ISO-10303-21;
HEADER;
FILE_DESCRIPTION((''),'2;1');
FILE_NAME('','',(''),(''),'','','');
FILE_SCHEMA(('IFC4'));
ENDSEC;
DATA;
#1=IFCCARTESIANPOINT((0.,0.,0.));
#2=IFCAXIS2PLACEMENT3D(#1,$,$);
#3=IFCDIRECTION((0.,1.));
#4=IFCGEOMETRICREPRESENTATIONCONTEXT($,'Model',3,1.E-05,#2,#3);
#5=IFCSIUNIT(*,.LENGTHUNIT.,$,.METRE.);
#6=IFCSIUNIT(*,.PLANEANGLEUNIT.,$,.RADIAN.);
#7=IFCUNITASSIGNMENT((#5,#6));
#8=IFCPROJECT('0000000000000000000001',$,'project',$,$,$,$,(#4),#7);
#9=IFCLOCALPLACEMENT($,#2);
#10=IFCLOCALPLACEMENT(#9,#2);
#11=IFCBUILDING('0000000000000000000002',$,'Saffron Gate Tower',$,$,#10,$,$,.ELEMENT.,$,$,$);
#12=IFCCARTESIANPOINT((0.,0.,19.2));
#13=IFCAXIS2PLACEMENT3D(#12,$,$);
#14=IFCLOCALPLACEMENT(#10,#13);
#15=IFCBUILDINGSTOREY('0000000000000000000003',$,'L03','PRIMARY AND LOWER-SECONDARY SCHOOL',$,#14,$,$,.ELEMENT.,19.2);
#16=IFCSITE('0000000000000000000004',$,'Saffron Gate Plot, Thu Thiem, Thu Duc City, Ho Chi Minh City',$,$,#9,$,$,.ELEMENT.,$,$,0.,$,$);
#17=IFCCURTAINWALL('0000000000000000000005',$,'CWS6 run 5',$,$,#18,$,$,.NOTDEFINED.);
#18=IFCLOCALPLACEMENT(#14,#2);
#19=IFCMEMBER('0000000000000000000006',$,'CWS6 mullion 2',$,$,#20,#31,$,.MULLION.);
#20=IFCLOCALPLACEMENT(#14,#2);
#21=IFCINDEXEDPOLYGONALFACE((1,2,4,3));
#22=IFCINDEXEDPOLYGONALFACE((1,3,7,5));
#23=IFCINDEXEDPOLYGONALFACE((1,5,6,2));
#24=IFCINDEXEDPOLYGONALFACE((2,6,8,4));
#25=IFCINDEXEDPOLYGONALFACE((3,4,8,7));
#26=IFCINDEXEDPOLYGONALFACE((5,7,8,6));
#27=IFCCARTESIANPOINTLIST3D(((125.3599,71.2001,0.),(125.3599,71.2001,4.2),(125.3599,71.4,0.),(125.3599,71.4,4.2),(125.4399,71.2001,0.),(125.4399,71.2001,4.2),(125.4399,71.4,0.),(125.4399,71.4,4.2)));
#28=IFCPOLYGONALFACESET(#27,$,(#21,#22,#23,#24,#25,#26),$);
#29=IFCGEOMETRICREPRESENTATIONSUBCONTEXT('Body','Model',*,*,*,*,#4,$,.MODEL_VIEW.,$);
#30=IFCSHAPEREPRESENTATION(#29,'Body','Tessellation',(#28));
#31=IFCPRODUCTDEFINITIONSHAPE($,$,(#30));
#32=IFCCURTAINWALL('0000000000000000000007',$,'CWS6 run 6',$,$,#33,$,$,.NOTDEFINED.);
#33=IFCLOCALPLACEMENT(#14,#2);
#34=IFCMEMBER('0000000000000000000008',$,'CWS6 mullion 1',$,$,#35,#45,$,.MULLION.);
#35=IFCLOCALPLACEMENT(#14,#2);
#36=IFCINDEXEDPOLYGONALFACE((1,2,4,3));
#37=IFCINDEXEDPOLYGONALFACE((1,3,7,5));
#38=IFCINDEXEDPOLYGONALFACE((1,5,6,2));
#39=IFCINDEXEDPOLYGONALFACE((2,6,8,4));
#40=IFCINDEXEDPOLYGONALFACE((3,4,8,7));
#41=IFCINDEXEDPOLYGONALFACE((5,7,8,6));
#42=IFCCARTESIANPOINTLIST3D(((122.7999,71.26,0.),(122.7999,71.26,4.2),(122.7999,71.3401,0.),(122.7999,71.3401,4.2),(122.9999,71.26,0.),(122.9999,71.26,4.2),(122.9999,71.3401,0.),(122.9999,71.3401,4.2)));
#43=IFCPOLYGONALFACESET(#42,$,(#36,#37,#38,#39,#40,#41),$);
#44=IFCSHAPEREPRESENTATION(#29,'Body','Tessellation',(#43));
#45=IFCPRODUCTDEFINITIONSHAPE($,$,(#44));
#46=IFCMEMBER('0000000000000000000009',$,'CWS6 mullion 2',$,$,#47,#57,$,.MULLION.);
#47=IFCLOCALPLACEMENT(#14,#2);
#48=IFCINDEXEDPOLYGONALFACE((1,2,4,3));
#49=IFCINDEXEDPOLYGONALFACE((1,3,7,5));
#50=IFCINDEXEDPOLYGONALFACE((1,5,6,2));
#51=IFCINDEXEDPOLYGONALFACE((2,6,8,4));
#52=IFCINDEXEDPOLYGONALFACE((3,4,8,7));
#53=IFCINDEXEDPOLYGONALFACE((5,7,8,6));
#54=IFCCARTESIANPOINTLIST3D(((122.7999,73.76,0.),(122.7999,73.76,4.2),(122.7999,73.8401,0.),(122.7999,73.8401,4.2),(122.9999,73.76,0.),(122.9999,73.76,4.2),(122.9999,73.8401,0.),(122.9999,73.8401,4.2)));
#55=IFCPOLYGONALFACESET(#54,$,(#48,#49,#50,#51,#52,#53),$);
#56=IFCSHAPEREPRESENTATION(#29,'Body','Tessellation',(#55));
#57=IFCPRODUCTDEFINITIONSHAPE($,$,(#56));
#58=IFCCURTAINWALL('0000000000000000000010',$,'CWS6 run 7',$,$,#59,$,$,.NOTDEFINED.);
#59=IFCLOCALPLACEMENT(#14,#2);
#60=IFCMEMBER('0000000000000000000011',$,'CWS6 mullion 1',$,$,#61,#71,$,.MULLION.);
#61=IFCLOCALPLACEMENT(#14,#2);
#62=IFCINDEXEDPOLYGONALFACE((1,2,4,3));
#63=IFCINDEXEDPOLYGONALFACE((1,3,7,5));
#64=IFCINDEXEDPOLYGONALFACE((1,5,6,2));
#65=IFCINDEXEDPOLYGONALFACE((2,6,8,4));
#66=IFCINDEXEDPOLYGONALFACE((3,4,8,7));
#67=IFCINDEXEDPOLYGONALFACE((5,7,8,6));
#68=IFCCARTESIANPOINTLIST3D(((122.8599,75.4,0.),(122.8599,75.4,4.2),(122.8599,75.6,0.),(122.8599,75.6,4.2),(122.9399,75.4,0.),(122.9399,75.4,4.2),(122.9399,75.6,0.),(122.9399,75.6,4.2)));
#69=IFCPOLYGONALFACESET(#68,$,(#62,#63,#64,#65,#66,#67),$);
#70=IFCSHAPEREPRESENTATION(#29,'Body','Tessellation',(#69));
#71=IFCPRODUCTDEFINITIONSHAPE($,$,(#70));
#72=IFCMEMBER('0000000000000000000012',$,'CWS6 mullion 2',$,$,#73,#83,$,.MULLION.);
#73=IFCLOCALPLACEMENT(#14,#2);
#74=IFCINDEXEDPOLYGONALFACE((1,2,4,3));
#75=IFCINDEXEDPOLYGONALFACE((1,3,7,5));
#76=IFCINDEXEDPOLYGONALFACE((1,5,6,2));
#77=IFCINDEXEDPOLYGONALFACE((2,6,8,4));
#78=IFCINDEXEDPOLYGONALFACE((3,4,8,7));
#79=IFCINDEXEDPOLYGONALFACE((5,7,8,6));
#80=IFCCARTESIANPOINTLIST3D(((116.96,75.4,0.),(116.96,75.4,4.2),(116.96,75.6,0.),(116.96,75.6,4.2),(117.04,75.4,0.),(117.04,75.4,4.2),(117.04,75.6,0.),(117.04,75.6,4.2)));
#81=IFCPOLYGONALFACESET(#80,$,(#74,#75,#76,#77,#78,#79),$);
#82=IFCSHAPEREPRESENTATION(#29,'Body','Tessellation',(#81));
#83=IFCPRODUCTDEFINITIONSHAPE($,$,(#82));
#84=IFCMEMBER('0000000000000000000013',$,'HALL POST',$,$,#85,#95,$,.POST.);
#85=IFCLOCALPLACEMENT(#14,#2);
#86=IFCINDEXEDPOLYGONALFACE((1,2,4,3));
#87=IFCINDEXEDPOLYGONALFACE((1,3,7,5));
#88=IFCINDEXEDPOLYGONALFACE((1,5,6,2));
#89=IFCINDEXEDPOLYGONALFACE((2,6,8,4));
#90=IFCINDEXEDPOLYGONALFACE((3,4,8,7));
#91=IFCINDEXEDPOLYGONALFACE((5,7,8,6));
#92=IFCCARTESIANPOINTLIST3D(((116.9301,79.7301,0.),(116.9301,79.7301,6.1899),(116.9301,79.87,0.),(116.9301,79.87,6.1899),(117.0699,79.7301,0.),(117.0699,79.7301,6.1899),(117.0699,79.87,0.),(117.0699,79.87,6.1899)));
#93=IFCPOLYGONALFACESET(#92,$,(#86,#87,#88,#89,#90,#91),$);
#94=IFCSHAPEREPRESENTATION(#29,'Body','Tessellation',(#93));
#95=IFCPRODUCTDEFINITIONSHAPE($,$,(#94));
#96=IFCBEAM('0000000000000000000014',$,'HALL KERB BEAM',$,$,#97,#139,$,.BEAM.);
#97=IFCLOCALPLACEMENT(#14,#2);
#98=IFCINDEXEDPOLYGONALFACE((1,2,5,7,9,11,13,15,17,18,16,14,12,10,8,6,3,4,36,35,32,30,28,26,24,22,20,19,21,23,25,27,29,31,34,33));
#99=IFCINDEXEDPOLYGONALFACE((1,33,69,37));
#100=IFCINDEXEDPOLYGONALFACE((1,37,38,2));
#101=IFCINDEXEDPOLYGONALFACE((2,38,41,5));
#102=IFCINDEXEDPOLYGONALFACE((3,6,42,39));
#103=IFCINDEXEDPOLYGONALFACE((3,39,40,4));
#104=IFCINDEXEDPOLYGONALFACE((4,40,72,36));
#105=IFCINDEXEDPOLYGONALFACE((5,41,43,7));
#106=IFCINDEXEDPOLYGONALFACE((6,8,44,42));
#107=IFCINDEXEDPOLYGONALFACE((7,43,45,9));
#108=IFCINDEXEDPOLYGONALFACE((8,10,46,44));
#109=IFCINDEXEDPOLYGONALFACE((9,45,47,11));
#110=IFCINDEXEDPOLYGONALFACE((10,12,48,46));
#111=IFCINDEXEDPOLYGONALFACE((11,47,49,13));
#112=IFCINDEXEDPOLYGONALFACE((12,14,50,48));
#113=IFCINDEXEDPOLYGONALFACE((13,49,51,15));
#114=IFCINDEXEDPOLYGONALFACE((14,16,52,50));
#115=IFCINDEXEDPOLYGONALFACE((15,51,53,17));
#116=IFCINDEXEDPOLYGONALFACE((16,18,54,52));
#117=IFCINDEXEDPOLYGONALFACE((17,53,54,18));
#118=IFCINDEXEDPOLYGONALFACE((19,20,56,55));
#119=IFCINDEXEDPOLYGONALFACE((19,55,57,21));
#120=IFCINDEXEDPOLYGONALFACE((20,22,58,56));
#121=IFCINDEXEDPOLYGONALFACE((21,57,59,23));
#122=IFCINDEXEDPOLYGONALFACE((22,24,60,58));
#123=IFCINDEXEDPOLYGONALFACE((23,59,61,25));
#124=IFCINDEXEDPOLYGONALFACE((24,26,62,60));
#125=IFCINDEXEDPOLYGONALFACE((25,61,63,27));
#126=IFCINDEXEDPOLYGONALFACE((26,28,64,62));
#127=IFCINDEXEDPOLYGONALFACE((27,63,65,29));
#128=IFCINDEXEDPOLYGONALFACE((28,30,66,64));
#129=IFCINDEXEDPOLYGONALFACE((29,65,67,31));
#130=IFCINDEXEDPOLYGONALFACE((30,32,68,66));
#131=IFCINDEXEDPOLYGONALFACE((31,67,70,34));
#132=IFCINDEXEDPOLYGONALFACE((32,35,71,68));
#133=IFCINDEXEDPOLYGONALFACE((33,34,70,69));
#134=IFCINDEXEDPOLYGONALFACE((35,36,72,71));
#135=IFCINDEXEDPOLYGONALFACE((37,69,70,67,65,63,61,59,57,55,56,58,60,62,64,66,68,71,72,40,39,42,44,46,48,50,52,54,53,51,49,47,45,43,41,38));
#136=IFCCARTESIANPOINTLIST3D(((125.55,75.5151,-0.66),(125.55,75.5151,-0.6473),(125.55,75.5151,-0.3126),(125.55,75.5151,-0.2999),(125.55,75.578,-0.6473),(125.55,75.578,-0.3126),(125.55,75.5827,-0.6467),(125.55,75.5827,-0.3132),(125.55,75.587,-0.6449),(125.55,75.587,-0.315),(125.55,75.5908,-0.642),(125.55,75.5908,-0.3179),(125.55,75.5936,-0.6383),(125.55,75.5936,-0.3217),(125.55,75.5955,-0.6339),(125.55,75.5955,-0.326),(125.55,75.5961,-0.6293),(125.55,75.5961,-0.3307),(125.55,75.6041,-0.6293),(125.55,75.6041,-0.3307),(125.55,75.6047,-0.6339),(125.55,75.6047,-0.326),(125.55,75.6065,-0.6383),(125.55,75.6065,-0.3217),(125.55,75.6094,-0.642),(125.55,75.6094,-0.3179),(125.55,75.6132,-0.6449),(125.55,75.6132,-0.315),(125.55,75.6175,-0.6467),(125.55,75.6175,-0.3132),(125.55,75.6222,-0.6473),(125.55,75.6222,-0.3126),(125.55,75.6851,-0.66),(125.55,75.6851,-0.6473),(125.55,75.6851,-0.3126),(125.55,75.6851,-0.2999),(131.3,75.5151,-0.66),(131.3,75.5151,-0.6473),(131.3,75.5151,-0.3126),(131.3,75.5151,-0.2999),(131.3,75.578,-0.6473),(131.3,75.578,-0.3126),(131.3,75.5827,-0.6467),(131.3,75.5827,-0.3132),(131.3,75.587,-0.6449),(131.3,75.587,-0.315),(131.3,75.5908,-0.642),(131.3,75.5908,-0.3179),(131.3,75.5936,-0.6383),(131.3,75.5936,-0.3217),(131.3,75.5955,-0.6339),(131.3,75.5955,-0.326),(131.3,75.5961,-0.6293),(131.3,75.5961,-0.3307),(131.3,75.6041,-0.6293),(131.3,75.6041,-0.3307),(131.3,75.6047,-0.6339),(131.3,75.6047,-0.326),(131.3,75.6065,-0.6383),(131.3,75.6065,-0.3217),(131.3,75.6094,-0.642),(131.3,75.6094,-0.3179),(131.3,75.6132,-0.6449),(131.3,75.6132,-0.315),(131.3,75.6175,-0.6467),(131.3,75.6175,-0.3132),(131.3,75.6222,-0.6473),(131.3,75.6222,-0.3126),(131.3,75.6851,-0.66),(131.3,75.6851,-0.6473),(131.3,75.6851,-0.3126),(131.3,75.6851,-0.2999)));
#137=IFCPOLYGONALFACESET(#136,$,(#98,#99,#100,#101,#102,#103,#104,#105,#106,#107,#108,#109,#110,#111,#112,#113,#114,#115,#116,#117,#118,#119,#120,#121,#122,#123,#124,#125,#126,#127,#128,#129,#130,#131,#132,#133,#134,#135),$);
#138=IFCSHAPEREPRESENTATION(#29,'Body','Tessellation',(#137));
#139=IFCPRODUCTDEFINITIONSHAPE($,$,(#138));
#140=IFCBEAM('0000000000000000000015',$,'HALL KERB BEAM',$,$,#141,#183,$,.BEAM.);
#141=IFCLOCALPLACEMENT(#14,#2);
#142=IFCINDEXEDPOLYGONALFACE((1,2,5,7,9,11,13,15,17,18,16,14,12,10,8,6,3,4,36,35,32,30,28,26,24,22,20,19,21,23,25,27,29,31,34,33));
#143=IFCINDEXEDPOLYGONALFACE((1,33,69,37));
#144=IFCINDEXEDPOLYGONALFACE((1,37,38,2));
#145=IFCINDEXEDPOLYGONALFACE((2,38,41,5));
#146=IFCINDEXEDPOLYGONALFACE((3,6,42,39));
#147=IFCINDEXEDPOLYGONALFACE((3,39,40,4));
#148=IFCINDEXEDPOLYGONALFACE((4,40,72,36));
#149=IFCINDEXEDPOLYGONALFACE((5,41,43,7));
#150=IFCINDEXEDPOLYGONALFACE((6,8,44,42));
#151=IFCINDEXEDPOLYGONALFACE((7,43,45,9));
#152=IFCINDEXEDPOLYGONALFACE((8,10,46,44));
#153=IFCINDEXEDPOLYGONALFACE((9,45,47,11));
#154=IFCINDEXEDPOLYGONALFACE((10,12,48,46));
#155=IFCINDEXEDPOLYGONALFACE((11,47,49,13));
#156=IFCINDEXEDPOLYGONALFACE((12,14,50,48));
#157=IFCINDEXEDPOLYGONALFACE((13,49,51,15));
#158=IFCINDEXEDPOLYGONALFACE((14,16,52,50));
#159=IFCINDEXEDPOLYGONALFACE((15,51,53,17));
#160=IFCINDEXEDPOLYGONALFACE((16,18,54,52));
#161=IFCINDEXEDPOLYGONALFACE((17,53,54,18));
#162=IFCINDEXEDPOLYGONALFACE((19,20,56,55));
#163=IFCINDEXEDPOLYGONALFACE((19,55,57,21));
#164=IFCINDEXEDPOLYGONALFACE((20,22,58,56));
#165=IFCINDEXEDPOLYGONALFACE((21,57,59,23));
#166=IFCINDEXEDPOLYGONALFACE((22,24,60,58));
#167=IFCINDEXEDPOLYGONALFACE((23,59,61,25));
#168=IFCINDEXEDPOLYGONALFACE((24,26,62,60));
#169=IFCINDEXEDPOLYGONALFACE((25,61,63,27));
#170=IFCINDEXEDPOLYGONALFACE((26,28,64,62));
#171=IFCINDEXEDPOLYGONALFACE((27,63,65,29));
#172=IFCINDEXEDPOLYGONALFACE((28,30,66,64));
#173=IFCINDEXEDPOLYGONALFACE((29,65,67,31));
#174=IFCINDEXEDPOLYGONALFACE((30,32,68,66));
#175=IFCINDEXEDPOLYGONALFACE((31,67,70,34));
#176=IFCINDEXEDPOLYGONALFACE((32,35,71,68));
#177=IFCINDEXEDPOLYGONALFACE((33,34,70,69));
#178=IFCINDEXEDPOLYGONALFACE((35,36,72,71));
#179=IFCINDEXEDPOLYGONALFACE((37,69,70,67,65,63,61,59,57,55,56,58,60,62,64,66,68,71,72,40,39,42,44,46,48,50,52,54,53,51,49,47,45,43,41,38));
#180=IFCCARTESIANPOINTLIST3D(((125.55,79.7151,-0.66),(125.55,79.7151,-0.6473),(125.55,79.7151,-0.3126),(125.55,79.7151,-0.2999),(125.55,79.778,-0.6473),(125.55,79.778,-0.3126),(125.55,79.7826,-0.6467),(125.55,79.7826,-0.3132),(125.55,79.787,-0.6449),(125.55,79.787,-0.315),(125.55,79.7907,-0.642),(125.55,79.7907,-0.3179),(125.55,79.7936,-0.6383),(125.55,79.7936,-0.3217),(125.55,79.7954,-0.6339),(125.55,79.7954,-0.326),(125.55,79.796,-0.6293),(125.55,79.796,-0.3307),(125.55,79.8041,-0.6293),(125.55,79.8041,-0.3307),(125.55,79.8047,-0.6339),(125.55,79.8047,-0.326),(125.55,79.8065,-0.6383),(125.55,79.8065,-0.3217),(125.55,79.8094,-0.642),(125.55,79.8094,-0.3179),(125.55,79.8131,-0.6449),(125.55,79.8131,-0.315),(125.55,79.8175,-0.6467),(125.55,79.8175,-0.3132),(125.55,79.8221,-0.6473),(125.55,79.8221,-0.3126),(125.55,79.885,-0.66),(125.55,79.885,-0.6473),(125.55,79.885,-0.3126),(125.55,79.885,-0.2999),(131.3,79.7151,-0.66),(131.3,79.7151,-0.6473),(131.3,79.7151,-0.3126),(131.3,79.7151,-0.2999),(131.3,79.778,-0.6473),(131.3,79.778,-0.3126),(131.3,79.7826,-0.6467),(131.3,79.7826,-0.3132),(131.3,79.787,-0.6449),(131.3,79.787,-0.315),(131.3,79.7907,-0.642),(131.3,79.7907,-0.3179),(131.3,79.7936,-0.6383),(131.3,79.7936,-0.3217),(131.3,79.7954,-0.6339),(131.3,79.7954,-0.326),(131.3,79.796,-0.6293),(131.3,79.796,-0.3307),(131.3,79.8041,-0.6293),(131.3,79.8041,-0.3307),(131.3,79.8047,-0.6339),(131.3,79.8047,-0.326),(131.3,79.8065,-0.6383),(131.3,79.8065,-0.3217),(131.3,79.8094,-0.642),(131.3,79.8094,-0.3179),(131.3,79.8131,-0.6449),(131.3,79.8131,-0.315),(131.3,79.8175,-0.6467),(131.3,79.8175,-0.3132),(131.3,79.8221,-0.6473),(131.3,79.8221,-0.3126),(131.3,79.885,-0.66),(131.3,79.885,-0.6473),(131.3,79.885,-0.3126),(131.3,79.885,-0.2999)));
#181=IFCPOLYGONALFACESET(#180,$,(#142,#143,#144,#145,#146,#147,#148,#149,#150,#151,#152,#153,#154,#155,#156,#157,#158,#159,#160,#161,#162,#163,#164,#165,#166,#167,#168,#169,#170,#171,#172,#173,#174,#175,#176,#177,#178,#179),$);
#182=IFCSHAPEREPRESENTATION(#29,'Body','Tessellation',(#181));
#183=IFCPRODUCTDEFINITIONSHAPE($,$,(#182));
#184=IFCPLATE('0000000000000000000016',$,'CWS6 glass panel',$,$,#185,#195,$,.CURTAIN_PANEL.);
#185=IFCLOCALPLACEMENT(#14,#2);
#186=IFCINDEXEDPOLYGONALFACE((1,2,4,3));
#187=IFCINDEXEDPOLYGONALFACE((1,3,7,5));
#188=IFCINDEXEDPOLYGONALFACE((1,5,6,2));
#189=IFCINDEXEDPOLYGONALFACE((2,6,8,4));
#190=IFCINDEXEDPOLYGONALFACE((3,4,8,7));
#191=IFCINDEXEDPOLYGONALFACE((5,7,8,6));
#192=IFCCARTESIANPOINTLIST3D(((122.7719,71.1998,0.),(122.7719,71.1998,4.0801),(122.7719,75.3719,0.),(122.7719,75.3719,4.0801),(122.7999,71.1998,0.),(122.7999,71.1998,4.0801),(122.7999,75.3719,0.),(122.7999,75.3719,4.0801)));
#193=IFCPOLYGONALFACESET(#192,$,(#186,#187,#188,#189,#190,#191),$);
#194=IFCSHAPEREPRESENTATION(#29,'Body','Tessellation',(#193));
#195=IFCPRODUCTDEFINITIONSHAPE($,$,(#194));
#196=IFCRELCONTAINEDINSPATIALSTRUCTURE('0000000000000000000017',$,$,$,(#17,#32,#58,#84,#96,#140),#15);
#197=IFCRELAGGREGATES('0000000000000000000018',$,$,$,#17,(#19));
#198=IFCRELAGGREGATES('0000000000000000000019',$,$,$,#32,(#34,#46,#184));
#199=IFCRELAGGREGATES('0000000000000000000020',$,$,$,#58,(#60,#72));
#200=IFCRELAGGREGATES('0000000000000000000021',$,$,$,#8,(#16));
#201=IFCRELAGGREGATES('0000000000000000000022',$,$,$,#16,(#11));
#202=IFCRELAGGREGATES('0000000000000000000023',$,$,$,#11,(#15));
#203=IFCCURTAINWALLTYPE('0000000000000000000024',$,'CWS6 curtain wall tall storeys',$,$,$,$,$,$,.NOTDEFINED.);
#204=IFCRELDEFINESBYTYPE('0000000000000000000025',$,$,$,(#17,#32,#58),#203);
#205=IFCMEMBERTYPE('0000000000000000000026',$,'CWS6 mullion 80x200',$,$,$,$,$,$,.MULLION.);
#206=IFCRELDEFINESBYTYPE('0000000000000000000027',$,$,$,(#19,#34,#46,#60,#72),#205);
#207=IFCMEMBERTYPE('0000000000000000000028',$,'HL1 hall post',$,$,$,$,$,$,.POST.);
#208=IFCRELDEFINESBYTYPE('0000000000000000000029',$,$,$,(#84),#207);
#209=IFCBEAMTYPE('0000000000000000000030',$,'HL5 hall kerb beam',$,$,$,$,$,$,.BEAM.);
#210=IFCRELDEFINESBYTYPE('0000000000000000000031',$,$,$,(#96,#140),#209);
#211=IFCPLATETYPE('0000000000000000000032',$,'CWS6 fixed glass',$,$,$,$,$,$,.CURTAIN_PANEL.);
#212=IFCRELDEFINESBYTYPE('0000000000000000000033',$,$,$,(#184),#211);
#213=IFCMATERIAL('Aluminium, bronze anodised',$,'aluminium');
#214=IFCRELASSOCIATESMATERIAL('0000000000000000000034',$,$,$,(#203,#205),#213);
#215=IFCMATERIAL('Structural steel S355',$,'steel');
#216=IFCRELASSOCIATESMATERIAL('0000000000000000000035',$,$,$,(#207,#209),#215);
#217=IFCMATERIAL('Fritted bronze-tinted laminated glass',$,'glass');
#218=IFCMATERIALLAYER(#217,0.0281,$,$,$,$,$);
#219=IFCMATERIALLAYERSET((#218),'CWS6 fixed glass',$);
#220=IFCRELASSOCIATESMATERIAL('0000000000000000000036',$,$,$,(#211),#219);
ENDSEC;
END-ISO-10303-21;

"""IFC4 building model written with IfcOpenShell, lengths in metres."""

from ifc_helpers import new_model, si_unit, direction, frame, frame_2d, origin, origin_2d, place, context, subcontext, project, spatial, rectangle, i_section, extrude, material, layer, layer_set, material_profile, profile_set, type_object, element, aggregate, save


model = new_model("IFC4")

# Units and contexts
model_context = context("Model", 3, precision=1e-05, world=origin(), true_north=direction((0.0, 1.0)))
body_context = subcontext(model_context, "Body", "Model", "MODEL_VIEW")
ifc_project = project(units=[si_unit("LENGTHUNIT", "METRE"), si_unit("PLANEANGLEUNIT", "RADIAN")], contexts=[model_context])

# Site, building, storey
site_placement = place(None, origin())
site = spatial("IfcSite", under=ifc_project, at=site_placement, Name="Saffron Gate Plot, Thu Thiem, Thu Duc City, Ho Chi Minh City", CompositionType="ELEMENT", RefElevation=0.0)
building_placement = place(site_placement, origin())
building = spatial("IfcBuilding", under=site, at=building_placement, Name="Saffron Gate Tower", CompositionType="ELEMENT")
storey_placement = place(building_placement, frame((0.0, 0.0, 19.2)))
storey = spatial("IfcBuildingStorey", under=building, at=storey_placement, Name="L03", Description="PRIMARY AND LOWER-SECONDARY SCHOOL", CompositionType="ELEMENT", Elevation=19.2)

# Shared definitions
ifc_material_1 = material(Name="Structural steel S355", Category="steel")

# Curtain wall, member
ifc_material_2 = material(Name="Aluminium, bronze anodised", Category="aluminium")
curtain_wall_type = type_object("IfcCurtainWallType", Name="CWS6 curtain wall tall storeys", PredefinedType="NOTDEFINED", material=ifc_material_2)
curtain_wall_1_placement = place(storey_placement, origin())
curtain_wall_1 = element("IfcCurtainWall", 1, at=curtain_wall_1_placement, inside=storey, type_object=curtain_wall_type, Name="CWS6 run 5", PredefinedType="NOTDEFINED")
ifc_material_profile_1 = material_profile(ifc_material_2, rectangle(XDim=0.2, YDim=0.0801, at=origin_2d()))
ifc_profile_set_1 = profile_set([ifc_material_profile_1], Name="Aluminium, bronze anodised")
member_type_1 = type_object("IfcMemberType", Name="CWS6 mullion 80x200", PredefinedType="MULLION", material=ifc_profile_set_1)
member_1_placement = place(storey_placement, frame((125.3999, 71.3, 0.0), z_axis=(0.0, 0.0, 1.0), x_axis=(0.0, -1.0, 0.0)))
member_1 = element("IfcMember", 2, at=member_1_placement, type_object=member_type_1, Name="CWS6 mullion 2", PredefinedType="MULLION", context=body_context, shape_type="SweptSolid", body=[
    extrude(rectangle(XDim=0.2, YDim=0.0801, at=origin_2d()), origin(), (0.0, 0.0, 1.0), 4.2),
])
aggregate(curtain_wall_1, [member_1])

# Curtain walls, members
curtain_wall_2_placement = place(storey_placement, origin())
curtain_wall_2 = element("IfcCurtainWall", 3, at=curtain_wall_2_placement, inside=storey, type_object=curtain_wall_type, Name="CWS6 run 6", PredefinedType="NOTDEFINED")
member_2_placement = place(storey_placement, frame((122.8999, 71.3, 0.0), z_axis=(0.0, 0.0, 1.0), x_axis=(-1.0, 0.0, 0.0)))
member_2 = element("IfcMember", 4, at=member_2_placement, type_object=member_type_1, Name="CWS6 mullion 1", PredefinedType="MULLION", context=body_context, shape_type="SweptSolid", body=[
    extrude(rectangle(XDim=0.2, YDim=0.0801, at=origin_2d()), origin(), (0.0, 0.0, 1.0), 4.2),
])
member_3_placement = place(storey_placement, frame((122.8999, 73.8, 0.0), z_axis=(0.0, 0.0, 1.0), x_axis=(-1.0, 0.0, 0.0)))
member_3 = element("IfcMember", 5, at=member_3_placement, type_object=member_type_1, Name="CWS6 mullion 2", PredefinedType="MULLION", context=body_context, shape_type="SweptSolid", body=[
    extrude(rectangle(XDim=0.2, YDim=0.0801, at=origin_2d()), origin(), (0.0, 0.0, 1.0), 4.2),
])
curtain_wall_3_placement = place(storey_placement, origin())
curtain_wall_3 = element("IfcCurtainWall", 6, at=curtain_wall_3_placement, inside=storey, type_object=curtain_wall_type, Name="CWS6 run 7", PredefinedType="NOTDEFINED")
member_4_placement = place(storey_placement, frame((122.8999, 75.5, 0.0), z_axis=(0.0, 0.0, 1.0), x_axis=(0.0, -1.0, 0.0)))
member_4 = element("IfcMember", 7, at=member_4_placement, type_object=member_type_1, Name="CWS6 mullion 1", PredefinedType="MULLION", context=body_context, shape_type="SweptSolid", body=[
    extrude(rectangle(XDim=0.2, YDim=0.0801, at=origin_2d()), origin(), (0.0, 0.0, 1.0), 4.2),
])
member_5_placement = place(storey_placement, frame((117.0, 75.5, 0.0), z_axis=(0.0, 0.0, 1.0), x_axis=(0.0, -1.0, 0.0)))
member_5 = element("IfcMember", 8, at=member_5_placement, type_object=member_type_1, Name="CWS6 mullion 2", PredefinedType="MULLION", context=body_context, shape_type="SweptSolid", body=[
    extrude(rectangle(XDim=0.2, YDim=0.0801, at=origin_2d()), origin(), (0.0, 0.0, 1.0), 4.2),
])

# Member
ifc_material_profile_2 = material_profile(ifc_material_1, rectangle(XDim=0.1399, YDim=0.1399, at=origin_2d()))
ifc_profile_set_2 = profile_set([ifc_material_profile_2], Name="Structural steel S355")
member_type_2 = type_object("IfcMemberType", Name="HL1 hall post", PredefinedType="POST", material=ifc_profile_set_2)
member_6_placement = place(storey_placement, frame((117.0, 79.8, 0.0), z_axis=(0.0, 0.0, 1.0), x_axis=(1.0, 0.0, 0.0)))
element("IfcMember", 9, at=member_6_placement, inside=storey, type_object=member_type_2, Name="HALL POST", PredefinedType="POST", context=body_context, shape_type="SweptSolid", body=[
    extrude(rectangle(XDim=0.1399, YDim=0.1399, at=origin_2d()), origin(), (0.0, 0.0, 1.0), 6.1899),
])

# Beams
ifc_material_profile_3 = material_profile(ifc_material_1, i_section(OverallWidth=0.1699, OverallDepth=0.3601, WebThickness=0.0081, FlangeThickness=0.0127, FilletRadius=0.0181, at=origin_2d()))
ifc_profile_set_3 = profile_set([ifc_material_profile_3], Name="Structural steel S355")
beam_type_1 = type_object("IfcBeamType", Name="HL5 hall kerb beam", PredefinedType="BEAM", material=ifc_profile_set_3)
for number, where, z_axis, x_axis, name in (
    (10, (125.55, 75.6001, -0.48), (1.0, 0.0, 0.0), (0.0, 1.0, 0.0), "HALL KERB BEAM"),
    (11, (125.55, 79.8, -0.48), (1.0, 0.0, 0.0), (0.0, 1.0, 0.0), "HALL KERB BEAM"),
):
    element("IfcBeam", number, at=place(storey_placement, frame(where, z_axis=z_axis, x_axis=x_axis)), inside=storey, type_object=beam_type_1, Name=name, PredefinedType="BEAM", context=body_context, shape_type="SweptSolid", body=[
        extrude(i_section(OverallWidth=0.1699, OverallDepth=0.3601, WebThickness=0.0081, FlangeThickness=0.0127, FilletRadius=0.0181, at=origin_2d()), origin(), (0.0, 0.0, 1.0), 5.75),
    ])

# Plate
ifc_material_3 = material(Name="Fritted bronze-tinted laminated glass", Category="glass")
ifc_layer_1 = layer(ifc_material_3, 0.0281)
ifc_layer_set_1 = layer_set([ifc_layer_1], Name="CWS6 fixed glass")
plate_type_1 = type_object("IfcPlateType", Name="CWS6 fixed glass", PredefinedType="CURTAIN_PANEL", material=ifc_layer_set_1)
plate_1_placement = place(storey_placement, frame((122.7859, 71.2, 0.0), z_axis=(0.0, 0.0, 1.0), x_axis=(0.0, 1.0, 0.0)))
plate_1 = element("IfcPlate", 12, at=plate_1_placement, type_object=plate_type_1, Name="CWS6 glass panel", PredefinedType="CURTAIN_PANEL", context=body_context, shape_type="SweptSolid", body=[
    extrude(rectangle(XDim=4.1721, YDim=0.0281, at=frame_2d((2.0859, 0.0))), origin(), (0.0, 0.0, 1.0), 4.0801),
])
aggregate(curtain_wall_2, [member_2, member_3, plate_1])

aggregate(curtain_wall_3, [member_4, member_5])

save(model, "model.ifc")
